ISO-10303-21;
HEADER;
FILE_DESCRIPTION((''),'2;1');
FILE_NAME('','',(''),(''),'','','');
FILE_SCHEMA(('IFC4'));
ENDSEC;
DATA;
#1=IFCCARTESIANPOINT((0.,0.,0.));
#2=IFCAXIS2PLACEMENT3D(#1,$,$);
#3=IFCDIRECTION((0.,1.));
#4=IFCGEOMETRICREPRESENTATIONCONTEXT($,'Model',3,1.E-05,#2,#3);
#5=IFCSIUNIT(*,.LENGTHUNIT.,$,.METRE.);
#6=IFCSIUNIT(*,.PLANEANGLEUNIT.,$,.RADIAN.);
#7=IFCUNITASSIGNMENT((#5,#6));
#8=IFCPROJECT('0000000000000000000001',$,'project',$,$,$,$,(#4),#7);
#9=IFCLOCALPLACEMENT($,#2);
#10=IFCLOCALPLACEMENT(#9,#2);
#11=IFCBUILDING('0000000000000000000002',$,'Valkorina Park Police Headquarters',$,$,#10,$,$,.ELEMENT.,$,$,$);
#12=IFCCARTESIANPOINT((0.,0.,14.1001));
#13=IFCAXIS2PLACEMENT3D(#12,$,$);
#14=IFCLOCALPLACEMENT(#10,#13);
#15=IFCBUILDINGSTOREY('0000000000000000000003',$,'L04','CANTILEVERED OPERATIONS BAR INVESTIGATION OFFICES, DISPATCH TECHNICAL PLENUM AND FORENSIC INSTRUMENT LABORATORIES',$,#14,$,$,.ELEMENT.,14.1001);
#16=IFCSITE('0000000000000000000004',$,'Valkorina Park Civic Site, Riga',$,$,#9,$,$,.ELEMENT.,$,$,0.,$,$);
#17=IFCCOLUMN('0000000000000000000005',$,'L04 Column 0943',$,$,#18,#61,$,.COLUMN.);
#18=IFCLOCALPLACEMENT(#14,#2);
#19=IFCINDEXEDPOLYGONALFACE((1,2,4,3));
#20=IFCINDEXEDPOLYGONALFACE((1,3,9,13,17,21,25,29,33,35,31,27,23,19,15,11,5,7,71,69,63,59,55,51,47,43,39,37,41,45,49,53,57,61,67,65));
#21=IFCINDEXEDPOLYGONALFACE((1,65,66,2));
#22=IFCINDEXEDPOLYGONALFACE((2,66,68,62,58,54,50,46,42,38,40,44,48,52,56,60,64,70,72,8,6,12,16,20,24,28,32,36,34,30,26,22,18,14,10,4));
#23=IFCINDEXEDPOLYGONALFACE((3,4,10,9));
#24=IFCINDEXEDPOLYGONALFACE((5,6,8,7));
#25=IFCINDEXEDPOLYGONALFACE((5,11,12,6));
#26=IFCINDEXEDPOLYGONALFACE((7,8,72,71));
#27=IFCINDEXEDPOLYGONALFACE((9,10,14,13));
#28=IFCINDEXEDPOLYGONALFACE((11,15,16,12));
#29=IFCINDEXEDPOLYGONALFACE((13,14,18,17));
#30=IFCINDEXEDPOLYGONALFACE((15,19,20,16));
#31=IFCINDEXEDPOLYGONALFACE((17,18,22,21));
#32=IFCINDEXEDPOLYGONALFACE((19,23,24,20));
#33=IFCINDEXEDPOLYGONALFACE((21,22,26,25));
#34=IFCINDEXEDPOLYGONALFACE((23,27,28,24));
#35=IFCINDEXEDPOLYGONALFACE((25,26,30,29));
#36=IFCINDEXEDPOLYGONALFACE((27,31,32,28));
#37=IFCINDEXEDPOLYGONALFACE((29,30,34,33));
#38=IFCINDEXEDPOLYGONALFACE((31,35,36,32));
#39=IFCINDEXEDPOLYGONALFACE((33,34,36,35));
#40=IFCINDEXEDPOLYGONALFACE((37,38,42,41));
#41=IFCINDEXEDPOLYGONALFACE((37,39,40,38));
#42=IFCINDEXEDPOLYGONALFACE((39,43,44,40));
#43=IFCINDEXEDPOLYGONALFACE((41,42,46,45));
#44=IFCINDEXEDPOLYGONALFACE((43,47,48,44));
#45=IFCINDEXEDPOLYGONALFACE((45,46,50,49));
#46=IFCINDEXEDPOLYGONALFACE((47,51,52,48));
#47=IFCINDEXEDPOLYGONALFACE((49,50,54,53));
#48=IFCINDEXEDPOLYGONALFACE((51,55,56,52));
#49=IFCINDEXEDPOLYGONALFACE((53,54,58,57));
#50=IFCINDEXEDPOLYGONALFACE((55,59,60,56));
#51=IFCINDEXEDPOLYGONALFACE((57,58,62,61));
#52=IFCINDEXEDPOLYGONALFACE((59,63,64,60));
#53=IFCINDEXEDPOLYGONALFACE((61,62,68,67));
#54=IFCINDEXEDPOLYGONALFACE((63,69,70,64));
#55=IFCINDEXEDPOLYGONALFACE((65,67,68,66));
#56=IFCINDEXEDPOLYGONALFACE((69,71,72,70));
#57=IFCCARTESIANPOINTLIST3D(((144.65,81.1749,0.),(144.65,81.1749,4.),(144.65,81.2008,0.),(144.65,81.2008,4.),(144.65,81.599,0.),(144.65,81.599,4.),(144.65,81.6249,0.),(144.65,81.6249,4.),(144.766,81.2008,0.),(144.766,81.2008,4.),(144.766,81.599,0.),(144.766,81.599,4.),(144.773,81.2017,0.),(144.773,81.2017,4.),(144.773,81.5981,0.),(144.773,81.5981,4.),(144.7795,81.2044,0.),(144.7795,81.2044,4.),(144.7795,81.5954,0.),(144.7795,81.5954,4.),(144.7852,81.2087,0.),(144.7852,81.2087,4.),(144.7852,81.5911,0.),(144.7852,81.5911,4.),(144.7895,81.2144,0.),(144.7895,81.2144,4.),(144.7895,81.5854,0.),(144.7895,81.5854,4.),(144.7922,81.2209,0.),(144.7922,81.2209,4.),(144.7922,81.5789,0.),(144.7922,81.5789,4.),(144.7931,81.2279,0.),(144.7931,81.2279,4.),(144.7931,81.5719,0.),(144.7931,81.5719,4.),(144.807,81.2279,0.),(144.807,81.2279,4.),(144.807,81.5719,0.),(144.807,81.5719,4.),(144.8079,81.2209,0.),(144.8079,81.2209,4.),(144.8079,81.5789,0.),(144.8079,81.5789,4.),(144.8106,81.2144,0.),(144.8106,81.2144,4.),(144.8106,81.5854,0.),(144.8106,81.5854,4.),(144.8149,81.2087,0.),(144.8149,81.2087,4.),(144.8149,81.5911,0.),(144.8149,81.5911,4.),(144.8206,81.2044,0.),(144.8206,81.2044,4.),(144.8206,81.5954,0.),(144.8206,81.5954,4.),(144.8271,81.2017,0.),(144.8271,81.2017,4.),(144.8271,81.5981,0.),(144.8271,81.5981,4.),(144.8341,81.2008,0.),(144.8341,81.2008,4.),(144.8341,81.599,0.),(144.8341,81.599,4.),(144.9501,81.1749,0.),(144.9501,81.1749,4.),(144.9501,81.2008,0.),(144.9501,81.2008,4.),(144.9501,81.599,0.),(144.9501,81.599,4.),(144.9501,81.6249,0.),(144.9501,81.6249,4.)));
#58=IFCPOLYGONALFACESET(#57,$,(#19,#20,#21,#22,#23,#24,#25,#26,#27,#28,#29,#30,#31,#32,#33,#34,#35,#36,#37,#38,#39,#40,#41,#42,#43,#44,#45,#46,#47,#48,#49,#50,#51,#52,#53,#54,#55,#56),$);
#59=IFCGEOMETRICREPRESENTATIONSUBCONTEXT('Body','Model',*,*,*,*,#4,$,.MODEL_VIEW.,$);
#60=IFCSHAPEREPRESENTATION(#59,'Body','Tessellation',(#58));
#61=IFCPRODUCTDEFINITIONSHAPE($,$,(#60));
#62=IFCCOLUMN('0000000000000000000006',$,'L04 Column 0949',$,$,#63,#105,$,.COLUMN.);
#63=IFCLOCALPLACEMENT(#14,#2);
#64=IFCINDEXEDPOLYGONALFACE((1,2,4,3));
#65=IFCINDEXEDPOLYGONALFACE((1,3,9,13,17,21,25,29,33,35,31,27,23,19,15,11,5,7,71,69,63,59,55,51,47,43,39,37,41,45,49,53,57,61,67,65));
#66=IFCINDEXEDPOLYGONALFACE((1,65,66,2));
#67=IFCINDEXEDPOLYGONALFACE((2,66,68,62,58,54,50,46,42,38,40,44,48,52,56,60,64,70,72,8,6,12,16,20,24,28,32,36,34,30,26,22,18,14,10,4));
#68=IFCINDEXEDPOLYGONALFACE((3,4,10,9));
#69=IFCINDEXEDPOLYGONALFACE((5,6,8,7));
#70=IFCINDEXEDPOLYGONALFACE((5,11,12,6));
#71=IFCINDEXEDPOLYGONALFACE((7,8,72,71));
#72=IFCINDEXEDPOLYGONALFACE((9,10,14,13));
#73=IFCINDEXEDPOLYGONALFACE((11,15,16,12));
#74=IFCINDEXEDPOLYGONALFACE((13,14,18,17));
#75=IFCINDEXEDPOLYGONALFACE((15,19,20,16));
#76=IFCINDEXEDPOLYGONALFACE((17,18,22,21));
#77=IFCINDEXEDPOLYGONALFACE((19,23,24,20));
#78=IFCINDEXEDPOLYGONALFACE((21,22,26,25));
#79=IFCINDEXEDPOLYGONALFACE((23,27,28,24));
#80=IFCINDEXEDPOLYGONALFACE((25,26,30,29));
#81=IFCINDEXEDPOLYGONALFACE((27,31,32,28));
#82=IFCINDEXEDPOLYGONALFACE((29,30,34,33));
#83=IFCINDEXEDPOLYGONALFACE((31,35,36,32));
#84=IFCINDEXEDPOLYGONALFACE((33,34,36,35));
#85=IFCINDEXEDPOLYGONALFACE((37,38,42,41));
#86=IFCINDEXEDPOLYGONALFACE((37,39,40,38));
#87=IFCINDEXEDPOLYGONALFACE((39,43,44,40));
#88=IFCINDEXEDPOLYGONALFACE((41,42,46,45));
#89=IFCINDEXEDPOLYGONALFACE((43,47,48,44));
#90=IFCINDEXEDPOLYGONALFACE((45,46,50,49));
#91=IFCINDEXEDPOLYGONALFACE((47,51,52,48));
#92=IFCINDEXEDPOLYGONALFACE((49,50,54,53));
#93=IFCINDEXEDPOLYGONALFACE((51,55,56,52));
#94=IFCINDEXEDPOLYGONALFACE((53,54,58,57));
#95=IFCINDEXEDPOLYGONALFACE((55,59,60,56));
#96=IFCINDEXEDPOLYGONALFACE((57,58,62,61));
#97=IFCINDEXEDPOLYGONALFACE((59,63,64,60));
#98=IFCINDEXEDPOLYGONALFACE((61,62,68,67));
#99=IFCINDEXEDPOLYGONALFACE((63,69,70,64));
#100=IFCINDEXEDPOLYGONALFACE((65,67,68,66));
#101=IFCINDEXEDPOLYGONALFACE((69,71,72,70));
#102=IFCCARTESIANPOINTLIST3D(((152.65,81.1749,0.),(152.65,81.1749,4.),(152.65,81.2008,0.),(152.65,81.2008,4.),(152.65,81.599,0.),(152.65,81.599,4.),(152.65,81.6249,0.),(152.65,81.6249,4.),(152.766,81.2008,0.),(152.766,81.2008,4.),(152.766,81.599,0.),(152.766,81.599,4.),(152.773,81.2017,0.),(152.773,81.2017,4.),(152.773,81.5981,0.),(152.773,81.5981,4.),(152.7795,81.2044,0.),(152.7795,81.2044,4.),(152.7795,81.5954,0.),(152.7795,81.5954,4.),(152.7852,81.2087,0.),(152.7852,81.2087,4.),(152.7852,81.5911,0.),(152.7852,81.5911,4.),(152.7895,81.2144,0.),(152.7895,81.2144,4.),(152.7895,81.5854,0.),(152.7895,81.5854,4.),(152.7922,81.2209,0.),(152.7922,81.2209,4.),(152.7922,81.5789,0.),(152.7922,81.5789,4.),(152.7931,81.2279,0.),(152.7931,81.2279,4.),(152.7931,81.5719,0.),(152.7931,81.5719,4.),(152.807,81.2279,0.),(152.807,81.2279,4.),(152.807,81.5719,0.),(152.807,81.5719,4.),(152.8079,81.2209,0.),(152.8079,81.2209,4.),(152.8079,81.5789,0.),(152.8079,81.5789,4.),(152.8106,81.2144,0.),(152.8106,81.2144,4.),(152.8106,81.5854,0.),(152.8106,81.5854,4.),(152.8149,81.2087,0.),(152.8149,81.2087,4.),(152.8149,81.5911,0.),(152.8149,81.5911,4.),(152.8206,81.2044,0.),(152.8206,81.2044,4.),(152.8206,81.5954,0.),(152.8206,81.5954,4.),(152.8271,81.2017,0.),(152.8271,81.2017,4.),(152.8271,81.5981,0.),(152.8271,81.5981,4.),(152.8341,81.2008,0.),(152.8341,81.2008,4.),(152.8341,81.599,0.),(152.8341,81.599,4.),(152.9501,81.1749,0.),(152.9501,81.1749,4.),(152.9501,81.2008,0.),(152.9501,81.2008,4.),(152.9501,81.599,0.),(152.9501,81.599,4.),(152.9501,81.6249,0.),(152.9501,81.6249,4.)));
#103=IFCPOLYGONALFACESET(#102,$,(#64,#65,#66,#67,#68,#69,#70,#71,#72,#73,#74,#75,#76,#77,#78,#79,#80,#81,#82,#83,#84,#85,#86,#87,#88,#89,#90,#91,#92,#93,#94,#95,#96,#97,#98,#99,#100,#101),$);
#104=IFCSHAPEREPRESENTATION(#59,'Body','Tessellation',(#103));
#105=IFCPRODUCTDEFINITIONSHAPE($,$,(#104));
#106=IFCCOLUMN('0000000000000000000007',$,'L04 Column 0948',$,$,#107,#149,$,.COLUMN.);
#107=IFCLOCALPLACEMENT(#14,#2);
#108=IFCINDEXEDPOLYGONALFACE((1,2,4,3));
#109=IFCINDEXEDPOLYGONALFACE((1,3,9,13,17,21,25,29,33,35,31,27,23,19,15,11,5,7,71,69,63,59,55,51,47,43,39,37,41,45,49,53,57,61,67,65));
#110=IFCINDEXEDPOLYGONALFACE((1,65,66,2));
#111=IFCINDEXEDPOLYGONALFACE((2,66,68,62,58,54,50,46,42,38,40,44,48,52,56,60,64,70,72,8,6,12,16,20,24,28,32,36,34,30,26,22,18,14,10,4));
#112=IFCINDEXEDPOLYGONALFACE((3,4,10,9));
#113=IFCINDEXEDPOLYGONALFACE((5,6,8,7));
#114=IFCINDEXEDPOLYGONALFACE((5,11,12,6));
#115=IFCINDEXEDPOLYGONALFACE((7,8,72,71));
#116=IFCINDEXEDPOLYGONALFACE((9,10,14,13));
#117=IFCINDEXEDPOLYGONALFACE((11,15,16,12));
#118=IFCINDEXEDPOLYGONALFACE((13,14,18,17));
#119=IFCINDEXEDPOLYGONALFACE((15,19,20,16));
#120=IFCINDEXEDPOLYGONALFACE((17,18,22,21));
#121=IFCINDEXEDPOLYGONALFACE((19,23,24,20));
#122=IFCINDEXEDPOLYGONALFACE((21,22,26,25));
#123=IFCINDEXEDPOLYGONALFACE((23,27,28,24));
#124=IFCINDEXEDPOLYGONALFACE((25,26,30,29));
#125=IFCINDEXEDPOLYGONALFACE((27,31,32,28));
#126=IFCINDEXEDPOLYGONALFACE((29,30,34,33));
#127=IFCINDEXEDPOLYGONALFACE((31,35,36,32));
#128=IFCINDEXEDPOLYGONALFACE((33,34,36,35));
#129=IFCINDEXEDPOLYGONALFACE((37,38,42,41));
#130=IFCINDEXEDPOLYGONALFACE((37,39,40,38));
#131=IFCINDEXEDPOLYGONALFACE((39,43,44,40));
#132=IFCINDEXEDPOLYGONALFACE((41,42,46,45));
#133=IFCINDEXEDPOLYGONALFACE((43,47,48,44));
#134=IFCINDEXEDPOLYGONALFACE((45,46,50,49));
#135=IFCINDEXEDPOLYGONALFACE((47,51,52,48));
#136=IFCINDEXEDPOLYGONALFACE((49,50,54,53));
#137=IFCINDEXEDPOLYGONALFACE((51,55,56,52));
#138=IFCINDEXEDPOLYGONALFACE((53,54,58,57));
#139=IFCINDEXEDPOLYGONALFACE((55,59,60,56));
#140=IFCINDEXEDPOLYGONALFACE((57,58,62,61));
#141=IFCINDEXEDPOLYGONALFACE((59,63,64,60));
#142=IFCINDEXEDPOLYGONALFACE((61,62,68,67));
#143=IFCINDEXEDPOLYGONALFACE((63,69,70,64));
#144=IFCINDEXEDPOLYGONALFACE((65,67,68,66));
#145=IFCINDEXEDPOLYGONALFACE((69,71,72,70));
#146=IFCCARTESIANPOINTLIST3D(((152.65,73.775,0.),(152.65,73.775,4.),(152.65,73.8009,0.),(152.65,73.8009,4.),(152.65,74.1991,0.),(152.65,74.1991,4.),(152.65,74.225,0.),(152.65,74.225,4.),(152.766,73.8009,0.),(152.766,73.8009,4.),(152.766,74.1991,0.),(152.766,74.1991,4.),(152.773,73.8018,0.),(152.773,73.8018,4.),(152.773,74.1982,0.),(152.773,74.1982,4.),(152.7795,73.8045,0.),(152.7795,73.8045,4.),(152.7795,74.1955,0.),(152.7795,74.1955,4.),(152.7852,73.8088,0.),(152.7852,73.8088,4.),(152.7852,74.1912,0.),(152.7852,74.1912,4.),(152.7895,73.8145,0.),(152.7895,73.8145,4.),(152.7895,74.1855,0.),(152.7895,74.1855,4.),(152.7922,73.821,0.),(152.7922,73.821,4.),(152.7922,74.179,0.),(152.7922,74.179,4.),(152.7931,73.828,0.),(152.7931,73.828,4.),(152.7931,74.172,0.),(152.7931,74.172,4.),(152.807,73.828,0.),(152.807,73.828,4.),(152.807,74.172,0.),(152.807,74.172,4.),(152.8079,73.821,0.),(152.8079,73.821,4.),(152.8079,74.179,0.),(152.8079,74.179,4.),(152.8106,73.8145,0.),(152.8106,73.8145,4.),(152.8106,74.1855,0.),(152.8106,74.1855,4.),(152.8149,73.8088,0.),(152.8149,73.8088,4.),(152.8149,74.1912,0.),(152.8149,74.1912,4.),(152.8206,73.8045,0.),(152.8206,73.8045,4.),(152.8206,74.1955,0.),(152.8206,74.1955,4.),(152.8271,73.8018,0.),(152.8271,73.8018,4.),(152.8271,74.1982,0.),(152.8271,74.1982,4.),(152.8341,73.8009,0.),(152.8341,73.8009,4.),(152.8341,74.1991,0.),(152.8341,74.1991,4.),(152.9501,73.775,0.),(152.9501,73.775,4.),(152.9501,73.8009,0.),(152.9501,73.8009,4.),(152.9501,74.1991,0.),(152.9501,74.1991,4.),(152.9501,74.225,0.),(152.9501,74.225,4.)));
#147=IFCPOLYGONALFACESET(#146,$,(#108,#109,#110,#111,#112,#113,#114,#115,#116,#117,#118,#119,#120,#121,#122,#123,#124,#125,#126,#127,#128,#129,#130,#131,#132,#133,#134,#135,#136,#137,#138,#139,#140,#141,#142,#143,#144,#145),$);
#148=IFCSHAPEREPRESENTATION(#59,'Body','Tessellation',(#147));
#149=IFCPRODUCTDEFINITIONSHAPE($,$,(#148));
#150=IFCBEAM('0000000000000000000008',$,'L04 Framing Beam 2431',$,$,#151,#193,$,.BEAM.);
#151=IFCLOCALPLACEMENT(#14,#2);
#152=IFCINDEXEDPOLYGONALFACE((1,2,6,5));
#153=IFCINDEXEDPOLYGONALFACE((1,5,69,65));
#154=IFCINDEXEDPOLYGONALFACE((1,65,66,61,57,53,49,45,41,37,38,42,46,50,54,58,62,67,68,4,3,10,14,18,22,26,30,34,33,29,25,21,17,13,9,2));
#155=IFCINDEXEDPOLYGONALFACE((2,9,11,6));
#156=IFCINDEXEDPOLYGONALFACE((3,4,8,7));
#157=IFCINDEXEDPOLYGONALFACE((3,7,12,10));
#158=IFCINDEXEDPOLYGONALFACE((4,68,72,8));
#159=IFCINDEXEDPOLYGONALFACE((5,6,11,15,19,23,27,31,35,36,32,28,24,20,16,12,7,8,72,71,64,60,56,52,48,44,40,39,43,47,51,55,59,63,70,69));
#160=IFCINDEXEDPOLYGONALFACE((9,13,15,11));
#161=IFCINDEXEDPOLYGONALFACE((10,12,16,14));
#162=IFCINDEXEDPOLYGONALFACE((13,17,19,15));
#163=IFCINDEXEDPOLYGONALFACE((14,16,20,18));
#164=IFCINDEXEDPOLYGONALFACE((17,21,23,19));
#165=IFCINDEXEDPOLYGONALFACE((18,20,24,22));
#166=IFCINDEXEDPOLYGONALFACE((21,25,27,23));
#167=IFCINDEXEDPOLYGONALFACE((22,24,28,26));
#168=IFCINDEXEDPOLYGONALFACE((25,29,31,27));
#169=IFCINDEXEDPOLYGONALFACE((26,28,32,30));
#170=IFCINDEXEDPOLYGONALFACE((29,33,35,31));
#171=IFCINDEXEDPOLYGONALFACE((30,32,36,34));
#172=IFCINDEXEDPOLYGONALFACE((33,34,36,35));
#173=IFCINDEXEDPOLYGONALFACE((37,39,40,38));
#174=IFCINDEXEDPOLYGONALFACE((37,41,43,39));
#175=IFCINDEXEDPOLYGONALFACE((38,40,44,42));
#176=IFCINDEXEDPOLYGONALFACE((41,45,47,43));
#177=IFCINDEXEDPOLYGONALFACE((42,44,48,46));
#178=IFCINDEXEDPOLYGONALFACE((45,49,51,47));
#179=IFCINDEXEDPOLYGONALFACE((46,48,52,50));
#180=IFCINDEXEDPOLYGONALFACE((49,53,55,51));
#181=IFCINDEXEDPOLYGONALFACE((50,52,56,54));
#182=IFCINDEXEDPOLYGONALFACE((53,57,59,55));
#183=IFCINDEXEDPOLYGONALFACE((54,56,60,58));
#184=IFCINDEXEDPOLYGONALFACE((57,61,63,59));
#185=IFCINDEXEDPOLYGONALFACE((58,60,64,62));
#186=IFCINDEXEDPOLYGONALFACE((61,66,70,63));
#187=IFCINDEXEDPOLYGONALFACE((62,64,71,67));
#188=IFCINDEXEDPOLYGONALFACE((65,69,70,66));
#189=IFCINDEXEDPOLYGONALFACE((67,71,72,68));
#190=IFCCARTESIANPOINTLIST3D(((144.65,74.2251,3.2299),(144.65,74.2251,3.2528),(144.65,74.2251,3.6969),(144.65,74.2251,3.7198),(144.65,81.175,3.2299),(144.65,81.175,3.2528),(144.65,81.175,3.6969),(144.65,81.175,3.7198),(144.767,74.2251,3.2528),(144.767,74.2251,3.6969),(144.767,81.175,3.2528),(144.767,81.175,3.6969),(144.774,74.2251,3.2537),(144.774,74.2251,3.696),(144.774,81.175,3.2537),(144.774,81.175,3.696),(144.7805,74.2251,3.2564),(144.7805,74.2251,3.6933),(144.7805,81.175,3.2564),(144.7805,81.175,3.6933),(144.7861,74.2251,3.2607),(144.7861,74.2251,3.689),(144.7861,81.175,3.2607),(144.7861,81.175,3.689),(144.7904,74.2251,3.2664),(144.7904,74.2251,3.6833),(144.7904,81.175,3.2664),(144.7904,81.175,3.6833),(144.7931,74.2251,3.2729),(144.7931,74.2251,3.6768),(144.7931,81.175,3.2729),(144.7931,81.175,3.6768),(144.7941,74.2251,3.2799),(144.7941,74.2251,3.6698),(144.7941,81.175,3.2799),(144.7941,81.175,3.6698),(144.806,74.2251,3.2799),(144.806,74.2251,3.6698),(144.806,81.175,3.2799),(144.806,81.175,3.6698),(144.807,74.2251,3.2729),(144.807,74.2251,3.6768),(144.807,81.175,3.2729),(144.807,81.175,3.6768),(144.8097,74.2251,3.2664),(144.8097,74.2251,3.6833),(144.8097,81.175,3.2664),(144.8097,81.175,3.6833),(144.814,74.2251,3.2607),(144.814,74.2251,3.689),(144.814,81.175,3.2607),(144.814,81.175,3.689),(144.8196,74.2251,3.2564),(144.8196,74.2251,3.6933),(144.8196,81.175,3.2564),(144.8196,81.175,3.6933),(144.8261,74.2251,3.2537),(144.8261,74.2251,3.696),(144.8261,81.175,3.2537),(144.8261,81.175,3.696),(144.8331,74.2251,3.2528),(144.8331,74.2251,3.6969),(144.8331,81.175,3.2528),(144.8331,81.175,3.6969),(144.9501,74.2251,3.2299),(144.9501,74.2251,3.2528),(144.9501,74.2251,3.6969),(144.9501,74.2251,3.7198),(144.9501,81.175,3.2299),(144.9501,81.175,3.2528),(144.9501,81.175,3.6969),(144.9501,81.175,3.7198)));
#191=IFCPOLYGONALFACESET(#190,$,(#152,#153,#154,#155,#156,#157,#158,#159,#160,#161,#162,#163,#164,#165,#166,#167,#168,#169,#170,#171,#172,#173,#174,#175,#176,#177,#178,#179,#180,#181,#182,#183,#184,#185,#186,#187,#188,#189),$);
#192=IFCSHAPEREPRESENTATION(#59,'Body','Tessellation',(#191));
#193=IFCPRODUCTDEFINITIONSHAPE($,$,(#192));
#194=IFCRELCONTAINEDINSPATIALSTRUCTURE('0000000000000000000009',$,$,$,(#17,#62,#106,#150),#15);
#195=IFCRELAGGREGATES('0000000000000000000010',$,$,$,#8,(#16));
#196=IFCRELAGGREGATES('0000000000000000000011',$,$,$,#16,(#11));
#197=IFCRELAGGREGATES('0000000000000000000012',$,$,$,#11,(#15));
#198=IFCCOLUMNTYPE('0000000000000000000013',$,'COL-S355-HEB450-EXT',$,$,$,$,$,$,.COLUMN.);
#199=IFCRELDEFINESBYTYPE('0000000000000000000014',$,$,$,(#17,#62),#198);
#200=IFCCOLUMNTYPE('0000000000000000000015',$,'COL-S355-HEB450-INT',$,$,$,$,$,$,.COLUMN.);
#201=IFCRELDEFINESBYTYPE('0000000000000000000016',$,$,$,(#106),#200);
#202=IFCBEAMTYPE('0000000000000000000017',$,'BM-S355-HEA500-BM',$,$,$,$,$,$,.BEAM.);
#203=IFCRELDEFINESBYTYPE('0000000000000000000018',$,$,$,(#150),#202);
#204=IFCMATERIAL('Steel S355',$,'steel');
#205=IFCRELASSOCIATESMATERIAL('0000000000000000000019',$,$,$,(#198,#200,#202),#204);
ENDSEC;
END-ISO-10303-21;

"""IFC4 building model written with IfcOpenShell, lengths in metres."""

from ifc_helpers import new_model, si_unit, direction, frame, origin, origin_2d, place, context, subcontext, project, spatial, i_section, extrude, material, material_profile, profile_set, type_object, element, save


model = new_model("IFC4")

# Units and contexts
model_context = context("Model", 3, precision=1e-05, world=origin(), true_north=direction((0.0, 1.0)))
body_context = subcontext(model_context, "Body", "Model", "MODEL_VIEW")
ifc_project = project(units=[si_unit("LENGTHUNIT", "METRE"), si_unit("PLANEANGLEUNIT", "RADIAN")], contexts=[model_context])

# Site, building, storey
site_placement = place(None, origin())
site = spatial("IfcSite", under=ifc_project, at=site_placement, Name="Valkorina Park Civic Site, Riga", CompositionType="ELEMENT", RefElevation=0.0)
building_placement = place(site_placement, origin())
building = spatial("IfcBuilding", under=site, at=building_placement, Name="Valkorina Park Police Headquarters", CompositionType="ELEMENT")
storey_placement = place(building_placement, frame((0.0, 0.0, 14.1001)))
storey = spatial("IfcBuildingStorey", under=building, at=storey_placement, Name="L04", Description="CANTILEVERED OPERATIONS BAR INVESTIGATION OFFICES, DISPATCH TECHNICAL PLENUM AND FORENSIC INSTRUMENT LABORATORIES", CompositionType="ELEMENT", Elevation=14.1001)

# Columns
ifc_material_1 = material(Name="Steel S355", Category="steel")
ifc_material_profile_1 = material_profile(ifc_material_1, i_section(OverallWidth=0.3, OverallDepth=0.45, WebThickness=0.0139, FlangeThickness=0.0259, FilletRadius=0.0271, at=origin_2d()), Name="HEB 450")
ifc_profile_set_1 = profile_set([ifc_material_profile_1], Name="Steel S355")
column_type_1 = type_object("IfcColumnType", Name="COL-S355-HEB450-EXT", PredefinedType="COLUMN", material=ifc_profile_set_1)
for number, where, z_axis, x_axis, name in (
    (1, (144.8, 81.3999, 0.0), (0.0, 0.0, 1.0), (1.0, 0.0, 0.0), "L04 Column 0943"),
    (2, (152.8, 81.3999, 0.0), (0.0, 0.0, 1.0), (1.0, 0.0, 0.0), "L04 Column 0949"),
):
    element("IfcColumn", number, at=place(storey_placement, frame(where, z_axis=z_axis, x_axis=x_axis)), inside=storey, type_object=column_type_1, Name=name, PredefinedType="COLUMN", context=body_context, shape_type="SweptSolid", body=[
        extrude(i_section(OverallWidth=0.3, OverallDepth=0.45, WebThickness=0.0139, FlangeThickness=0.0259, FilletRadius=0.0271, at=origin_2d()), origin(), (0.0, 0.0, 1.0), 4.0),
    ])
ifc_material_profile_2 = material_profile(ifc_material_1, i_section(OverallWidth=0.3, OverallDepth=0.45, WebThickness=0.0139, FlangeThickness=0.0259, FilletRadius=0.0271, at=origin_2d()), Name="HEB 450")
ifc_profile_set_2 = profile_set([ifc_material_profile_2], Name="Steel S355")
column_type_2 = type_object("IfcColumnType", Name="COL-S355-HEB450-INT", PredefinedType="COLUMN", material=ifc_profile_set_2)
column_placement = place(storey_placement, frame((152.8, 74.0, 0.0), z_axis=(0.0, 0.0, 1.0), x_axis=(1.0, 0.0, 0.0)))
element("IfcColumn", 3, at=column_placement, inside=storey, type_object=column_type_2, Name="L04 Column 0948", PredefinedType="COLUMN", context=body_context, shape_type="SweptSolid", body=[
    extrude(i_section(OverallWidth=0.3, OverallDepth=0.45, WebThickness=0.0139, FlangeThickness=0.0259, FilletRadius=0.0271, at=origin_2d()), origin(), (0.0, 0.0, 1.0), 4.0),
])

# Beam
ifc_material_profile_3 = material_profile(ifc_material_1, i_section(OverallWidth=0.3, OverallDepth=0.49, WebThickness=0.012, FlangeThickness=0.0229, FilletRadius=0.0271, at=origin_2d()), Name="HEA 500")
ifc_profile_set_3 = profile_set([ifc_material_profile_3], Name="Steel S355")
beam_type_1 = type_object("IfcBeamType", Name="BM-S355-HEA500-BM", PredefinedType="BEAM", material=ifc_profile_set_3)
for number, where, z_axis, x_axis, name in (
    (4, (144.8, 74.2251, 3.4749), (0.0, 1.0, 0.0), (-1.0, 0.0, 0.0), "L04 Framing Beam 2431"),
):
    element("IfcBeam", number, at=place(storey_placement, frame(where, z_axis=z_axis, x_axis=x_axis)), inside=storey, type_object=beam_type_1, Name=name, PredefinedType="BEAM", context=body_context, shape_type="SweptSolid", body=[
        extrude(i_section(OverallWidth=0.3, OverallDepth=0.49, WebThickness=0.012, FlangeThickness=0.0229, FilletRadius=0.0271, at=origin_2d()), origin(), (0.0, 0.0, 1.0), 6.95),
    ])

save(model, "model.ifc")
